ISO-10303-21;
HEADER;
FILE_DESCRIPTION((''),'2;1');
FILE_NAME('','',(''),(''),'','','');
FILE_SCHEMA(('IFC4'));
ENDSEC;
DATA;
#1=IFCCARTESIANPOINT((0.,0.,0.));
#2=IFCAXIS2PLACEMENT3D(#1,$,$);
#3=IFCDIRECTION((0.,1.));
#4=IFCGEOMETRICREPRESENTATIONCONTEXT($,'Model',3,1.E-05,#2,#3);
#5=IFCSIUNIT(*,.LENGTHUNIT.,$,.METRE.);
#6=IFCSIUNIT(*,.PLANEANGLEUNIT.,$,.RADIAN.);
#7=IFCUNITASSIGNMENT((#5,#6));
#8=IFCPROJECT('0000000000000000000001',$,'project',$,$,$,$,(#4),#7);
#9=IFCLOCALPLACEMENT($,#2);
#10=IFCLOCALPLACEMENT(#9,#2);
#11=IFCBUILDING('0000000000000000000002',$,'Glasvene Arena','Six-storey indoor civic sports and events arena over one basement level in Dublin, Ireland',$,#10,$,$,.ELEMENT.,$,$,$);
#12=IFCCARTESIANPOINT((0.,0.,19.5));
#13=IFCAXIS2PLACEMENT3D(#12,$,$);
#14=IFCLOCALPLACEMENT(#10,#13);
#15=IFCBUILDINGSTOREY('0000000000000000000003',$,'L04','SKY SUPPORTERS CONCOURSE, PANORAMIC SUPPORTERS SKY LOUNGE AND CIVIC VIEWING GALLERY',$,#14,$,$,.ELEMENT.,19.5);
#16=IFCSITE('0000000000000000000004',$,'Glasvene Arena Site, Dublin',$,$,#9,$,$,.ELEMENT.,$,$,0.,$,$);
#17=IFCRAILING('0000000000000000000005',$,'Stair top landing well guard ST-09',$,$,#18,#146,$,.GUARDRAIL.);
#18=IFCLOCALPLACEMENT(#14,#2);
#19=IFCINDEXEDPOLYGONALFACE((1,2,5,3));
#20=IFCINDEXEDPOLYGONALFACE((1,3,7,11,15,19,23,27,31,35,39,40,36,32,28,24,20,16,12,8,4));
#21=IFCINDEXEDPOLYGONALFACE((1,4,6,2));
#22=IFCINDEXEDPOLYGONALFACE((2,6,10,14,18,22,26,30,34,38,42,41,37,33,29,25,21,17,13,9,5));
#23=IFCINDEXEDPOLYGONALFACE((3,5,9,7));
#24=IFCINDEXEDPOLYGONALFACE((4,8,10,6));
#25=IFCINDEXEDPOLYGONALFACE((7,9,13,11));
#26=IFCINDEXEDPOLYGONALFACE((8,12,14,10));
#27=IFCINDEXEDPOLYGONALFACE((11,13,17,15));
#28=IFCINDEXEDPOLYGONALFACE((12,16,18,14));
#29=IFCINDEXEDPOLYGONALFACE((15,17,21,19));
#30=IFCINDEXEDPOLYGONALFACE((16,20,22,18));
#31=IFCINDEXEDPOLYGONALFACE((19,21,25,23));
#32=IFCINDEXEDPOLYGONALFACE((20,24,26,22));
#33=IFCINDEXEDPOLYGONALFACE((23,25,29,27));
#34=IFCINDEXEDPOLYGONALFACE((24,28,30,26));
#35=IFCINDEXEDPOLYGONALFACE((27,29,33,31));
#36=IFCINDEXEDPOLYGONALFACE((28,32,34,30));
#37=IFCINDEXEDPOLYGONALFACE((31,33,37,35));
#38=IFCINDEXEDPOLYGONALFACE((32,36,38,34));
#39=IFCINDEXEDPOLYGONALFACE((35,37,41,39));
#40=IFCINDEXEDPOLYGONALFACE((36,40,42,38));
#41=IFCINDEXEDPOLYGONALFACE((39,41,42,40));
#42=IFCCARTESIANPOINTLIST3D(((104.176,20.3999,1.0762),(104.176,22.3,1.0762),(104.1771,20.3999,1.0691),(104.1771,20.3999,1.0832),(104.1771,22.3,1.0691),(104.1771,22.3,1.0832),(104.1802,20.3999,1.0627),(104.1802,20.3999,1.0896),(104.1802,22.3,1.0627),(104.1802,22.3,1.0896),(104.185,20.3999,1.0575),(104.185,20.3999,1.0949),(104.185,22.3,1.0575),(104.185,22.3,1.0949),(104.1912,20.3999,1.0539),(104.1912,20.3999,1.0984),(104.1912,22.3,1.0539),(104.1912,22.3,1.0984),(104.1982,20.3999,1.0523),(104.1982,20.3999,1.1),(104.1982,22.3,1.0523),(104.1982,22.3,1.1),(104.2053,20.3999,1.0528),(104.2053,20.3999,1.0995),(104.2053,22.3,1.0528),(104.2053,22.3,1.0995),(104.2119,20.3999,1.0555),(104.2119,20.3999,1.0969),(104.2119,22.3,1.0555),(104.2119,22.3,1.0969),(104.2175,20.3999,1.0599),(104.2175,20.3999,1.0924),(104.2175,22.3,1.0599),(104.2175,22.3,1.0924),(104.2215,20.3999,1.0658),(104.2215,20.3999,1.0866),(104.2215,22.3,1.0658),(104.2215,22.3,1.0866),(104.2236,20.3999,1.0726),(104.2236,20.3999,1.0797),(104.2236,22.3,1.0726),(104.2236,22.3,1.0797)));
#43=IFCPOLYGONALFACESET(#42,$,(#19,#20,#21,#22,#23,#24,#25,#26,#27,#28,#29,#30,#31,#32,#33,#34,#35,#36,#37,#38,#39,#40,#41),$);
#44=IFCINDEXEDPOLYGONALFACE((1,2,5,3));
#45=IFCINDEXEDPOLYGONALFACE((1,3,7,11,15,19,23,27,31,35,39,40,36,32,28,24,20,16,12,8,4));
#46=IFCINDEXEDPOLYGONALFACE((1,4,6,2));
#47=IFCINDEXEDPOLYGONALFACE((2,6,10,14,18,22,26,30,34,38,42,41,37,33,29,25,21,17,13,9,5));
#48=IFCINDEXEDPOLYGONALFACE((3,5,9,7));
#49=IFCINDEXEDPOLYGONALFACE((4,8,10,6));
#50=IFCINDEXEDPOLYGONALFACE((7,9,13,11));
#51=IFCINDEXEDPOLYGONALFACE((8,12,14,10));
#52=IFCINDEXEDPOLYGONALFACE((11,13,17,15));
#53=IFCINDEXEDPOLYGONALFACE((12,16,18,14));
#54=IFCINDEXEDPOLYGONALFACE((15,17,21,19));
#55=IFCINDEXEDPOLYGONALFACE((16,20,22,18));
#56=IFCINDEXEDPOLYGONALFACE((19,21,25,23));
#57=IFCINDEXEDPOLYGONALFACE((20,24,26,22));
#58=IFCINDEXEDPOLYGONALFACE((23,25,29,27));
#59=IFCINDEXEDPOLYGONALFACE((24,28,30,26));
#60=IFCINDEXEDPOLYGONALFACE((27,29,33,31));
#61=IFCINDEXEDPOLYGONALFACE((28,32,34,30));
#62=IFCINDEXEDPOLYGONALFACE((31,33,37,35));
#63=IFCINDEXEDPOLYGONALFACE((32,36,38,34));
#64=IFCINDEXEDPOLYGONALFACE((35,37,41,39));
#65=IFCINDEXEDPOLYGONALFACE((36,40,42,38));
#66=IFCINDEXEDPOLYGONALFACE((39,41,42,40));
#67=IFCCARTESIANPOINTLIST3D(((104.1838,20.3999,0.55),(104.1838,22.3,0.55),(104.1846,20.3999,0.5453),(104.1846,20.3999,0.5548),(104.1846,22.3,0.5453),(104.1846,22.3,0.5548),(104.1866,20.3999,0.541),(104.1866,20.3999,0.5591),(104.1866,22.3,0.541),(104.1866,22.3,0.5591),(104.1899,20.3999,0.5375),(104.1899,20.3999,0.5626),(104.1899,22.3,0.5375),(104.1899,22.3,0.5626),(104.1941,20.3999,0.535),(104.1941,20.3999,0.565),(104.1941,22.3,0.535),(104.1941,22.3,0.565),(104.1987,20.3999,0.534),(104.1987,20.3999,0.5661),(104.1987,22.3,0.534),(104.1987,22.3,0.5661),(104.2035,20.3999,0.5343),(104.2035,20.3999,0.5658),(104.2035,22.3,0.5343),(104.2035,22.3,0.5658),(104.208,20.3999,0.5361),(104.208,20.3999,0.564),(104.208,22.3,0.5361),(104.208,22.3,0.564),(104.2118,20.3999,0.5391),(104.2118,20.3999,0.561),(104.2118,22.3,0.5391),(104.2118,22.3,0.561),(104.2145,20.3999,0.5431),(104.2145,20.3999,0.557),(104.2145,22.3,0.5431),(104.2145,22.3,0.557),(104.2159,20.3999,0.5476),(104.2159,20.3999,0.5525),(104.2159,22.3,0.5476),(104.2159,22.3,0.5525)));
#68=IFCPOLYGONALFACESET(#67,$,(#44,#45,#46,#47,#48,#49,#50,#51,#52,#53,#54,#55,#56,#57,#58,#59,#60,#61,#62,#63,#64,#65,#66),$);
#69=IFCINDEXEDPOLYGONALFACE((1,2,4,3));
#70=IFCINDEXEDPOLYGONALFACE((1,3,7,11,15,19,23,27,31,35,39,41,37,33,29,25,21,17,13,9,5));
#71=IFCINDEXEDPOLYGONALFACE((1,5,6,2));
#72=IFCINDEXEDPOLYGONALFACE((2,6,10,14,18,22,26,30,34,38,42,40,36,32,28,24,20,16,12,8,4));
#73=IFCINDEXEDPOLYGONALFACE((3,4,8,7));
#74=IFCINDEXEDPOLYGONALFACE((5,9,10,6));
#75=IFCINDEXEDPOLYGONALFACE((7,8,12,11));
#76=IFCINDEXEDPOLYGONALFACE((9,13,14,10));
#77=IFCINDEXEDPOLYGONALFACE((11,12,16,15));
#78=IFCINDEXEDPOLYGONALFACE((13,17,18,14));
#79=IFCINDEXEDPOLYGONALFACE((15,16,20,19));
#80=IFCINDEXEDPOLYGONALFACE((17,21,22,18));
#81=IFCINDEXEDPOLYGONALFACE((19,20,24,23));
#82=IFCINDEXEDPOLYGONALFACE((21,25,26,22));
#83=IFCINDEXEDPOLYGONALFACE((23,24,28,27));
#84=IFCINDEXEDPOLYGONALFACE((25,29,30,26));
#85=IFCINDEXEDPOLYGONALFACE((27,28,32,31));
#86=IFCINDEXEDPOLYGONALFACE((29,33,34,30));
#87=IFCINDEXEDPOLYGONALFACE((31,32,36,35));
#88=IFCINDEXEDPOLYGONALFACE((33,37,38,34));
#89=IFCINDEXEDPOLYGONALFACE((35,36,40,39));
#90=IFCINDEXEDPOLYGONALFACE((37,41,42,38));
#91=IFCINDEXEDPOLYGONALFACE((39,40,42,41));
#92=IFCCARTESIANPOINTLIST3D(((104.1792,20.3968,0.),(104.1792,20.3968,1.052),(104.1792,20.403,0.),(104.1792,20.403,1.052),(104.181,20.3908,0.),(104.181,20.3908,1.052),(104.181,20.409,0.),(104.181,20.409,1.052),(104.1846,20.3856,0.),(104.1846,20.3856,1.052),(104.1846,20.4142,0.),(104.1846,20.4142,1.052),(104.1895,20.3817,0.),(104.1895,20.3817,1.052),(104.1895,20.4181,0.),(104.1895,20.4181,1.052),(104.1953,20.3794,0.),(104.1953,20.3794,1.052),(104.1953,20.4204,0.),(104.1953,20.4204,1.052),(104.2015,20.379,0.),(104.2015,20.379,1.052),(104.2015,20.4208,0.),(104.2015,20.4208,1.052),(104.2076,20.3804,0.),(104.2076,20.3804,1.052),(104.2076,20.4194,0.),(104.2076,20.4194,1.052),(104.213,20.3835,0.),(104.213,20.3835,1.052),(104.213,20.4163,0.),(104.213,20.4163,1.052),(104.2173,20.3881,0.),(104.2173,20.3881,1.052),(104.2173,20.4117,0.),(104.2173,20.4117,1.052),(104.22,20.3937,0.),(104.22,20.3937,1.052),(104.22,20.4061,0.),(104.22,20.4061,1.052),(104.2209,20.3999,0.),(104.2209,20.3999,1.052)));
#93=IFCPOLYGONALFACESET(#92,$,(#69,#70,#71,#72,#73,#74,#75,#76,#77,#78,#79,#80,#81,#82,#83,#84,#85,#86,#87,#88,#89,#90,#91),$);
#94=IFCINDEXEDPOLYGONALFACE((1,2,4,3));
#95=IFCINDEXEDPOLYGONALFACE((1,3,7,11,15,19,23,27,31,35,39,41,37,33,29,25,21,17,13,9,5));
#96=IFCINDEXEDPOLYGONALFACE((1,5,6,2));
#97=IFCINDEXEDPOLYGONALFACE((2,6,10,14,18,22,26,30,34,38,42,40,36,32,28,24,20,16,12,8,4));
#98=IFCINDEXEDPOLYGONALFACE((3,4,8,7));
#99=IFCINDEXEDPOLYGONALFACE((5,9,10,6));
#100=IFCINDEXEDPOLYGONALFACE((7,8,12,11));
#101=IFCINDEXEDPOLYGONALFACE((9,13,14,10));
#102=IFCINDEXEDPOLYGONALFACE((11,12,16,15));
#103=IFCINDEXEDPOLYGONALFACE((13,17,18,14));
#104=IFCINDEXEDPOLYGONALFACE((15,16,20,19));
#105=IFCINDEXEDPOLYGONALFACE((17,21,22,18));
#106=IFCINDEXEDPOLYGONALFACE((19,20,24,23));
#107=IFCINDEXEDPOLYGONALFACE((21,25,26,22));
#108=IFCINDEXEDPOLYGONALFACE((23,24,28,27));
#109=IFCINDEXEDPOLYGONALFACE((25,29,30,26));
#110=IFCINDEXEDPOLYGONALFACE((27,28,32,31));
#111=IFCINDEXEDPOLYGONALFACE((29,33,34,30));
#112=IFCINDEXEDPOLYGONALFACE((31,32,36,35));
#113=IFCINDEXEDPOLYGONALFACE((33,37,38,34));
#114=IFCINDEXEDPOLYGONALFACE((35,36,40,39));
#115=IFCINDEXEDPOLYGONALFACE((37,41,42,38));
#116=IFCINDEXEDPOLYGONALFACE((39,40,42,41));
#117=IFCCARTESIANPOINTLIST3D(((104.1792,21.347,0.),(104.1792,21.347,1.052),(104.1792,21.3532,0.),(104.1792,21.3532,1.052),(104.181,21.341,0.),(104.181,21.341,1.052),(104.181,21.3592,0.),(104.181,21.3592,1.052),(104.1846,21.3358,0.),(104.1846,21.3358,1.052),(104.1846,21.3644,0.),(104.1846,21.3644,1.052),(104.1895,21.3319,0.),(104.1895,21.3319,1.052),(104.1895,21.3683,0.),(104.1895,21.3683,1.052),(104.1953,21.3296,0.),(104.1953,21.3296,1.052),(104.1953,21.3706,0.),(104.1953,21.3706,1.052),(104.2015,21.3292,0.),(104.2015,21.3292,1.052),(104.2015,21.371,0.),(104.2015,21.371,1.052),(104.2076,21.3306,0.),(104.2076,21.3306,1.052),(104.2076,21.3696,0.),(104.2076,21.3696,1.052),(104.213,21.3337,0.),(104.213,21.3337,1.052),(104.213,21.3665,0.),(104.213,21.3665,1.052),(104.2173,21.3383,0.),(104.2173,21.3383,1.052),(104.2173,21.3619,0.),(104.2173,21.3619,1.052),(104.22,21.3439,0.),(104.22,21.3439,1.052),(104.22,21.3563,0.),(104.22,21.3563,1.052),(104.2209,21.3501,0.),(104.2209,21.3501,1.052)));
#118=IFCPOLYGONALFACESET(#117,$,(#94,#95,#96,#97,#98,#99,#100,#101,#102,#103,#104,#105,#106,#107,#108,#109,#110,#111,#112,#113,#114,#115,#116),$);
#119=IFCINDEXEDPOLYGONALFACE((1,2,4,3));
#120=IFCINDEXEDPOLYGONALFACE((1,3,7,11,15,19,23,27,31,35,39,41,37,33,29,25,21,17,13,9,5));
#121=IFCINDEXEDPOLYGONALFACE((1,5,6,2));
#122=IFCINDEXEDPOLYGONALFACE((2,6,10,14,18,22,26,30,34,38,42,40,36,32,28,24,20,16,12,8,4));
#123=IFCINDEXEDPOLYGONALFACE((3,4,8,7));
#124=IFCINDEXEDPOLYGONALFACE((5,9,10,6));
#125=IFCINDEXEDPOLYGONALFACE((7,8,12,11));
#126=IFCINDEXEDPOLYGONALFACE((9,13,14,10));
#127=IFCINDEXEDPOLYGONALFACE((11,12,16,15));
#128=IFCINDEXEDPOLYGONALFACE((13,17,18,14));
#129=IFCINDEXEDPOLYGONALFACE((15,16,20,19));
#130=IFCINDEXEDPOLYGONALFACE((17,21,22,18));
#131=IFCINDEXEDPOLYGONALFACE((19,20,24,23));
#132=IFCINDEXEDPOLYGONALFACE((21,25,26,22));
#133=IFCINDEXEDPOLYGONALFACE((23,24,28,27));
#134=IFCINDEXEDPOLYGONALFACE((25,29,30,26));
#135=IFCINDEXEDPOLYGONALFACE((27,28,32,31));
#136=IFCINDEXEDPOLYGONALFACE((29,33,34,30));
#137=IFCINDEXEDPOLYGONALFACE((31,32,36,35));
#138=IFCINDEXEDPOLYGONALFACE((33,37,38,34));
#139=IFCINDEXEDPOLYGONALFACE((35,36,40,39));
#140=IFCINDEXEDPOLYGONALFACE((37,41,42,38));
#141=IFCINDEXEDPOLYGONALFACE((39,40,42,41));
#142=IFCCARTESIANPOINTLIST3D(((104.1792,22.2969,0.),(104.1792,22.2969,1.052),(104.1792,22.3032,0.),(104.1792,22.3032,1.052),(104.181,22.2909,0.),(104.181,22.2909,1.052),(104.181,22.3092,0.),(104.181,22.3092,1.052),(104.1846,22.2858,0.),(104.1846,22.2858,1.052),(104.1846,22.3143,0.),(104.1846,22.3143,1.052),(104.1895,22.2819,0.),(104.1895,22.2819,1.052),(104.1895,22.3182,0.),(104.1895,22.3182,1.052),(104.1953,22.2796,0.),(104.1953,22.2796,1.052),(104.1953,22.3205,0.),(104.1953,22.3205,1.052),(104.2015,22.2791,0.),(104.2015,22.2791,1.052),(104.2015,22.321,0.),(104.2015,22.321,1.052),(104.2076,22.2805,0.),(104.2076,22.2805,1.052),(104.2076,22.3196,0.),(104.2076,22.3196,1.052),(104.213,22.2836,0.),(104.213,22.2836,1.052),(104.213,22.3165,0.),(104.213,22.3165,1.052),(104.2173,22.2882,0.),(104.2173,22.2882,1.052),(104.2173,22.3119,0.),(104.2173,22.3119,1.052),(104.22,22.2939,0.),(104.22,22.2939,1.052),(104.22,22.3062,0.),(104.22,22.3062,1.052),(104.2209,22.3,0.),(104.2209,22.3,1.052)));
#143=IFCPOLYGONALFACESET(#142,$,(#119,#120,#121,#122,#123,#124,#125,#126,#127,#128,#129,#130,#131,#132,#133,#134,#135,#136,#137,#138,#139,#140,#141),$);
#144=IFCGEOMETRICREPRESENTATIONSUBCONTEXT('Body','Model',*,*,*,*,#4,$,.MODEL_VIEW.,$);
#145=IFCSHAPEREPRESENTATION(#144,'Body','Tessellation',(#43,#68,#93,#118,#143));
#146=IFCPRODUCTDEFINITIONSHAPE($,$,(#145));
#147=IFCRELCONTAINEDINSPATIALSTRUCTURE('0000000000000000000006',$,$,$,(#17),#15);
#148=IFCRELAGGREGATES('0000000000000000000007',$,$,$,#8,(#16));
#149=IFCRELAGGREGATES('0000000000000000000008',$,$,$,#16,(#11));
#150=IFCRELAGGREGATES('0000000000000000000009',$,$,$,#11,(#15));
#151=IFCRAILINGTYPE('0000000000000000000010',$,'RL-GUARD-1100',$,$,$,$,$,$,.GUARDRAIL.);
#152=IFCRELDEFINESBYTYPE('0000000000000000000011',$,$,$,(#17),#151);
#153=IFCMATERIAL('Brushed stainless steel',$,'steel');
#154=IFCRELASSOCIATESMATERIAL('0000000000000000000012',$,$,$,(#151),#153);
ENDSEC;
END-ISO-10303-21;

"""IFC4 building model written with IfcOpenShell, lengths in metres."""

from ifc_helpers import new_model, si_unit, direction, frame, origin, origin_2d, place, context, subcontext, project, spatial, circle, extrude, material, type_object, element, save


model = new_model("IFC4")

# Units and contexts
model_context = context("Model", 3, precision=1e-05, world=origin(), true_north=direction((0.0, 1.0)))
body_context = subcontext(model_context, "Body", "Model", "MODEL_VIEW")
ifc_project = project(units=[si_unit("LENGTHUNIT", "METRE"), si_unit("PLANEANGLEUNIT", "RADIAN")], contexts=[model_context])

# Site, building, storey
site_placement = place(None, origin())
site = spatial("IfcSite", under=ifc_project, at=site_placement, Name="Glasvene Arena Site, Dublin", CompositionType="ELEMENT", RefElevation=0.0)
building_placement = place(site_placement, origin())
building = spatial("IfcBuilding", under=site, at=building_placement, Name="Glasvene Arena", Description="Six-storey indoor civic sports and events arena over one basement level in Dublin, Ireland", CompositionType="ELEMENT")
storey_placement = place(building_placement, frame((0.0, 0.0, 19.5)))
storey = spatial("IfcBuildingStorey", under=building, at=storey_placement, Name="L04", Description="SKY SUPPORTERS CONCOURSE, PANORAMIC SUPPORTERS SKY LOUNGE AND CIVIC VIEWING GALLERY", CompositionType="ELEMENT", Elevation=19.5)

# Railing
ifc_material_1 = material(Name="Brushed stainless steel", Category="steel")
railing_type = type_object("IfcRailingType", Name="RL-GUARD-1100", PredefinedType="GUARDRAIL", material=ifc_material_1)
railing_placement = place(storey_placement, frame((104.2, 20.3999, 0.0)))
element("IfcRailing", 1, at=railing_placement, inside=storey, type_object=railing_type, Name="Stair top landing well guard ST-09", PredefinedType="GUARDRAIL", context=body_context, shape_type="SweptSolid", body=[
    extrude(circle(Radius=0.0239, at=origin_2d()), frame((0.0, 0.0, 1.0762), z_axis=(0.0, 1.0, 0.0), x_axis=(-1.0, 0.0, 0.0)), (0.0, 0.0, 1.0), 1.9001),
    extrude(circle(Radius=0.0161, at=origin_2d()), frame((0.0, 0.0, 0.55), z_axis=(0.0, 1.0, 0.0), x_axis=(-1.0, 0.0, 0.0)), (0.0, 0.0, 1.0), 1.9001),
    extrude(circle(Radius=0.021, at=origin_2d()), origin(), (0.0, 0.0, 1.0), 1.052),
    extrude(circle(Radius=0.021, at=origin_2d()), frame((0.0, 0.9502, 0.0)), (0.0, 0.0, 1.0), 1.052),
    extrude(circle(Radius=0.021, at=origin_2d()), frame((0.0, 1.9001, 0.0)), (0.0, 0.0, 1.0), 1.052),
])

save(model, "model.ifc")
